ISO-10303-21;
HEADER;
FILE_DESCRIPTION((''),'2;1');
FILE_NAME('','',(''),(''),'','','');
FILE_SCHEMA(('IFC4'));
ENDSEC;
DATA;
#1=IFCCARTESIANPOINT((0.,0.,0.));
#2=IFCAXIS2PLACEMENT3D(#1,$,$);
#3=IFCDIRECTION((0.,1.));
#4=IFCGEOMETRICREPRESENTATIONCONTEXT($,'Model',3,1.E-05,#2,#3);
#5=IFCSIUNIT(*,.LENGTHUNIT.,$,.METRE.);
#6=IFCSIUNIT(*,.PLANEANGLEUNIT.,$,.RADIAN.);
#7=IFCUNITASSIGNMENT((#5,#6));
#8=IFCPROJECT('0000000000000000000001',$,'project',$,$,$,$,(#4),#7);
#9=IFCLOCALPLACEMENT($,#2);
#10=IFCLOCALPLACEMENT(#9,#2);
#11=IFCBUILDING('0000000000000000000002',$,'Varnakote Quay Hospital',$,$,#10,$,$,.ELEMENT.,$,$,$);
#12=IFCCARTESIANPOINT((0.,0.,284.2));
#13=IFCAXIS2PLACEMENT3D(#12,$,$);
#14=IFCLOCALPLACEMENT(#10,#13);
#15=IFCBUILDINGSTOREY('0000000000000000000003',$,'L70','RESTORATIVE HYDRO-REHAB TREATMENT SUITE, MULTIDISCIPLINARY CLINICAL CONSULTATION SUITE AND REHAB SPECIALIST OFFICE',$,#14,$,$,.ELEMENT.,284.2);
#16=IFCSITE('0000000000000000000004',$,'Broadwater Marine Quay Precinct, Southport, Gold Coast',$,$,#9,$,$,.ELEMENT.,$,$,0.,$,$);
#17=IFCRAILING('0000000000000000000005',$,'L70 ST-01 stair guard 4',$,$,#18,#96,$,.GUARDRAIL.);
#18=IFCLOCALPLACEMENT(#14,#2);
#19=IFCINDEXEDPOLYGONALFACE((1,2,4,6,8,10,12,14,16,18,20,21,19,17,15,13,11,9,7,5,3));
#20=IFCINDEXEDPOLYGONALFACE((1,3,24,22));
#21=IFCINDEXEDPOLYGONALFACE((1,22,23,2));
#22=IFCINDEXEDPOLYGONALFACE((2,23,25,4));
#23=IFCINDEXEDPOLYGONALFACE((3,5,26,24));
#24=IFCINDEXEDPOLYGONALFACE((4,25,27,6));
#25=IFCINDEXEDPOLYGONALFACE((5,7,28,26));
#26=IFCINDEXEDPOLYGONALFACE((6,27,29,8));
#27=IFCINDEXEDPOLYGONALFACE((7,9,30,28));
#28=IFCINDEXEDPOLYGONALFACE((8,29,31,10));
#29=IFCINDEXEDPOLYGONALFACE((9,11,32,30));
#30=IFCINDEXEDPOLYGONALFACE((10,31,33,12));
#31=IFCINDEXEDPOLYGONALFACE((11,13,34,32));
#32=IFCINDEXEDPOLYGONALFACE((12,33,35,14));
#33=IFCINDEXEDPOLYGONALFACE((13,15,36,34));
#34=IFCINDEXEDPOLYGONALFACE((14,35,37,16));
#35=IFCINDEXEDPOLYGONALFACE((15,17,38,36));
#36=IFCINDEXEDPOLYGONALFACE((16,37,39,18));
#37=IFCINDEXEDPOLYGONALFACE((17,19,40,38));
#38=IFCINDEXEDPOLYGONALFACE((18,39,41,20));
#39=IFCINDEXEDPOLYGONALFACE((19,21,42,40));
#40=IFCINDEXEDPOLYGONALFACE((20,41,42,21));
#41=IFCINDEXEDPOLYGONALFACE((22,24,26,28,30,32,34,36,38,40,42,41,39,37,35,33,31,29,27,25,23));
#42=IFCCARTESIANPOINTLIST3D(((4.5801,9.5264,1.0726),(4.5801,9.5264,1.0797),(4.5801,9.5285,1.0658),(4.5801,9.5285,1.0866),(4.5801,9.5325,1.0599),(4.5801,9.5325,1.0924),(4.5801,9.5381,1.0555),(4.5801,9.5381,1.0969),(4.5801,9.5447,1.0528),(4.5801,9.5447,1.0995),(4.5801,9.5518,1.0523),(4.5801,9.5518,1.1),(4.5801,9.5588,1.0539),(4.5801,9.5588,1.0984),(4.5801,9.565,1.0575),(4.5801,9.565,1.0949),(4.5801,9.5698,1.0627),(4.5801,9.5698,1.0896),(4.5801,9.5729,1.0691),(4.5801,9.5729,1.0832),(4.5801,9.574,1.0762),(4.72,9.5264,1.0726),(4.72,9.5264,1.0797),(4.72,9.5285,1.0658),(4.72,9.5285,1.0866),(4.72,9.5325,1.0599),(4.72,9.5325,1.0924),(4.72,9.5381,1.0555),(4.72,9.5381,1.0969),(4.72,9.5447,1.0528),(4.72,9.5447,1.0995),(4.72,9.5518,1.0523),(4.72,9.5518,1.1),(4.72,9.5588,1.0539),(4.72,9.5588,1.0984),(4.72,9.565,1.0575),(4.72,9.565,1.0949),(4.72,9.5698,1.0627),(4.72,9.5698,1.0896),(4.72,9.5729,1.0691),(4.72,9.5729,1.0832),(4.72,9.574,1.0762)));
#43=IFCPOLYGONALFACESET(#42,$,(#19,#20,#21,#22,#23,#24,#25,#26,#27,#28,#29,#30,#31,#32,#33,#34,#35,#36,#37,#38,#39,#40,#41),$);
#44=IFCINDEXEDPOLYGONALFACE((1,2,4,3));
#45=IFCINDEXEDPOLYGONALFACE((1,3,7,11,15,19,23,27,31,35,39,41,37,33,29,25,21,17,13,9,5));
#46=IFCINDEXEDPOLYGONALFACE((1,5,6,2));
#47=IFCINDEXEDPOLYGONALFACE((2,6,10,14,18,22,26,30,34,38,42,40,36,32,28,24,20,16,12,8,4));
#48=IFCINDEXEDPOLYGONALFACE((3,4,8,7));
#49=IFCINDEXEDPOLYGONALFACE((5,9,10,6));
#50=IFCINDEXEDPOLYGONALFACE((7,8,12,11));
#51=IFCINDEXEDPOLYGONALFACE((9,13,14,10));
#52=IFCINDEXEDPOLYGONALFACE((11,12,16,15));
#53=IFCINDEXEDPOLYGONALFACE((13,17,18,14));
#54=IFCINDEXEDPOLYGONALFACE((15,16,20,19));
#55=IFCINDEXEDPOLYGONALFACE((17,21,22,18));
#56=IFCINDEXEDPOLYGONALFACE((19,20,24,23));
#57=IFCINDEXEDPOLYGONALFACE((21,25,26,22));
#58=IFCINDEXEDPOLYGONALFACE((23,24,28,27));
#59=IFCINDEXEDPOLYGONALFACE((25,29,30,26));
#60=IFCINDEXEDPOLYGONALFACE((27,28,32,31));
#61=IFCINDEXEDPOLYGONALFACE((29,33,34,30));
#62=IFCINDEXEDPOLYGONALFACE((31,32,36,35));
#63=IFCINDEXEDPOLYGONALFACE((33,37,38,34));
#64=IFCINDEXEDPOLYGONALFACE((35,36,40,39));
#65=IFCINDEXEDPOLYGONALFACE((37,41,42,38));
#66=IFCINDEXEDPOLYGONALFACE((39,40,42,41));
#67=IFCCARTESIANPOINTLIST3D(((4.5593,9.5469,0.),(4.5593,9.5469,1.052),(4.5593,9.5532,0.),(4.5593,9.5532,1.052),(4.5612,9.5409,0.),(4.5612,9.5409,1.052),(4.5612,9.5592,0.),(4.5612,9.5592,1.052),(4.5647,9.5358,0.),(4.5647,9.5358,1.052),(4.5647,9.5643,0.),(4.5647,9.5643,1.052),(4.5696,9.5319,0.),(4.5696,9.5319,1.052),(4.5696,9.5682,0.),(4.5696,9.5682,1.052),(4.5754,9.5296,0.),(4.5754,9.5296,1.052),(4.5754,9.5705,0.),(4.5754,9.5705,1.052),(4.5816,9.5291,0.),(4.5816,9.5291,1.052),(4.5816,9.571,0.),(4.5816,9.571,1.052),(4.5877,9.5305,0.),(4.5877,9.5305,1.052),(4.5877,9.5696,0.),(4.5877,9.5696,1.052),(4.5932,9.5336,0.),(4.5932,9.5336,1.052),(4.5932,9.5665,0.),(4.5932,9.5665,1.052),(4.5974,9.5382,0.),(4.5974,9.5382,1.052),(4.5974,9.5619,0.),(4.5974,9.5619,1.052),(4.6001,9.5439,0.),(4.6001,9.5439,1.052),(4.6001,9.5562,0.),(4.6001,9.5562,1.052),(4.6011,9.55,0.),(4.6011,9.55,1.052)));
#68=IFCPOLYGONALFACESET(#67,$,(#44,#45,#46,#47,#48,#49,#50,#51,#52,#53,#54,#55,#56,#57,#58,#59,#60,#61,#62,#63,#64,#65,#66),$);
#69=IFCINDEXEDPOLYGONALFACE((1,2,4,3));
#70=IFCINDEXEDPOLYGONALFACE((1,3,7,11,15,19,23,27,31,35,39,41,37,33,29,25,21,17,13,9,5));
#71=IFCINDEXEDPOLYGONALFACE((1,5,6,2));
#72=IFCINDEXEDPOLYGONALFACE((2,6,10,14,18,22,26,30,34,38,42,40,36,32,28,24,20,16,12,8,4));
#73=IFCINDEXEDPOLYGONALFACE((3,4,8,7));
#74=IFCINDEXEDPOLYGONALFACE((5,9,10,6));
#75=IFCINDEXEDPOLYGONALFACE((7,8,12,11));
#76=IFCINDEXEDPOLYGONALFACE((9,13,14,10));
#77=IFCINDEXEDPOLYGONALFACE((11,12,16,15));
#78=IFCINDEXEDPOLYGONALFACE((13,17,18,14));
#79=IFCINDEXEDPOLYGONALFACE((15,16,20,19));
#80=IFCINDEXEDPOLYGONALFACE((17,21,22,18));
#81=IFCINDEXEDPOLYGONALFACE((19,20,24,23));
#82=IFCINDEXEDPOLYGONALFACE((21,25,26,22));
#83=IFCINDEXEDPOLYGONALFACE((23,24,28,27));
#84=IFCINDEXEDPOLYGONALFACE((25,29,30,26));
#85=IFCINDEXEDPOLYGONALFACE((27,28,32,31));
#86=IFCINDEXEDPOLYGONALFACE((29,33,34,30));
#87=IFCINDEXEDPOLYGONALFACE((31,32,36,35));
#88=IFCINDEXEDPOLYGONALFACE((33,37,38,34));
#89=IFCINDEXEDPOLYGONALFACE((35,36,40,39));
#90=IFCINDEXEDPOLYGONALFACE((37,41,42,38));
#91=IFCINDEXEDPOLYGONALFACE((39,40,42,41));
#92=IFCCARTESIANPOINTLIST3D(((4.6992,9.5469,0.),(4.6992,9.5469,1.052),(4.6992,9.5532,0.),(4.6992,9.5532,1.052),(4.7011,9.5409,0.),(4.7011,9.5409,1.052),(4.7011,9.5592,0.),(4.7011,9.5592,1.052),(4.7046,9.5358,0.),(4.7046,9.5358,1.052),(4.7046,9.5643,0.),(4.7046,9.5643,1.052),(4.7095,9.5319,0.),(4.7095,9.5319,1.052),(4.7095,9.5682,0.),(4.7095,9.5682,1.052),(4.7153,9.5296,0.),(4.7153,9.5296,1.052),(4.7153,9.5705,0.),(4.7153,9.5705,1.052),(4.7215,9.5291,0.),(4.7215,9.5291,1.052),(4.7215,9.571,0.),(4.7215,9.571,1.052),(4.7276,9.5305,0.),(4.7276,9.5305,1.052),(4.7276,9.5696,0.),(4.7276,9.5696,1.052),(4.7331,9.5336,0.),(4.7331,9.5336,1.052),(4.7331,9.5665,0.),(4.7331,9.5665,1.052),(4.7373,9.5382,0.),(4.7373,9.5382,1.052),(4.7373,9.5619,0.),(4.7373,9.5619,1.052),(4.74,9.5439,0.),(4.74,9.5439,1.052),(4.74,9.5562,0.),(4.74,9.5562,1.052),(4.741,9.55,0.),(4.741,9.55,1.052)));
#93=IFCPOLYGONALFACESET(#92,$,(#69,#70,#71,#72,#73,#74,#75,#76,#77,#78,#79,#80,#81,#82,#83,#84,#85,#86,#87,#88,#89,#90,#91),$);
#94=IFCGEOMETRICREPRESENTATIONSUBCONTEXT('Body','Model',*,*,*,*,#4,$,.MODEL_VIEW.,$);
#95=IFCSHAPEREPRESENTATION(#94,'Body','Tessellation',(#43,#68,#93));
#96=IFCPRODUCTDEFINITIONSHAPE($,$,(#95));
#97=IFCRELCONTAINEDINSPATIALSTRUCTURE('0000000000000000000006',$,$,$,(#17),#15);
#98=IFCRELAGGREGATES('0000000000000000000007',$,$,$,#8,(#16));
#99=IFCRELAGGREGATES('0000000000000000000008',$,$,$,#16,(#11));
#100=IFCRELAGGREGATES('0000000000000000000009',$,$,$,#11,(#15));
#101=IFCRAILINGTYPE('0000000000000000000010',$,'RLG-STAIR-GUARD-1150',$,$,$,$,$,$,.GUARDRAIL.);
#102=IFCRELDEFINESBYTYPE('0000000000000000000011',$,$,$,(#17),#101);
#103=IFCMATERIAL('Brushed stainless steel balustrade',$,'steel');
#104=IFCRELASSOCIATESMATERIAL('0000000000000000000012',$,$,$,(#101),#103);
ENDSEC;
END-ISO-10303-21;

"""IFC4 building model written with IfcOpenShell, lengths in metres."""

from ifc_helpers import new_model, si_unit, direction, frame, origin, origin_2d, place, context, subcontext, project, spatial, circle, extrude, material, type_object, element, save


model = new_model("IFC4")

# Units and contexts
model_context = context("Model", 3, precision=1e-05, world=origin(), true_north=direction((0.0, 1.0)))
body_context = subcontext(model_context, "Body", "Model", "MODEL_VIEW")
ifc_project = project(units=[si_unit("LENGTHUNIT", "METRE"), si_unit("PLANEANGLEUNIT", "RADIAN")], contexts=[model_context])

# Site, building, storey
site_placement = place(None, origin())
site = spatial("IfcSite", under=ifc_project, at=site_placement, Name="Broadwater Marine Quay Precinct, Southport, Gold Coast", CompositionType="ELEMENT", RefElevation=0.0)
building_placement = place(site_placement, origin())
building = spatial("IfcBuilding", under=site, at=building_placement, Name="Varnakote Quay Hospital", CompositionType="ELEMENT")
storey_placement = place(building_placement, frame((0.0, 0.0, 284.2)))
storey = spatial("IfcBuildingStorey", under=building, at=storey_placement, Name="L70", Description="RESTORATIVE HYDRO-REHAB TREATMENT SUITE, MULTIDISCIPLINARY CLINICAL CONSULTATION SUITE AND REHAB SPECIALIST OFFICE", CompositionType="ELEMENT", Elevation=284.2)

# Railing
ifc_material_1 = material(Name="Brushed stainless steel balustrade", Category="steel")
railing_type_1 = type_object("IfcRailingType", Name="RLG-STAIR-GUARD-1150", PredefinedType="GUARDRAIL", material=ifc_material_1)
railing_1_placement = place(storey_placement, frame((4.5801, 9.55, 0.0)))
element("IfcRailing", 1, at=railing_1_placement, inside=storey, type_object=railing_type_1, Name="L70 ST-01 stair guard 4", PredefinedType="GUARDRAIL", context=body_context, shape_type="SweptSolid", body=[
    extrude(circle(Radius=0.0239, at=origin_2d()), frame((0.0, 0.0, 1.0762), z_axis=(1.0, 0.0, 0.0), x_axis=(0.0, 1.0, 0.0)), (0.0, 0.0, 1.0), 0.1399),
    extrude(circle(Radius=0.021, at=origin_2d()), origin(), (0.0, 0.0, 1.0), 1.052),
    extrude(circle(Radius=0.021, at=origin_2d()), frame((0.1399, 0.0, 0.0)), (0.0, 0.0, 1.0), 1.052),
])

save(model, "model.ifc")
